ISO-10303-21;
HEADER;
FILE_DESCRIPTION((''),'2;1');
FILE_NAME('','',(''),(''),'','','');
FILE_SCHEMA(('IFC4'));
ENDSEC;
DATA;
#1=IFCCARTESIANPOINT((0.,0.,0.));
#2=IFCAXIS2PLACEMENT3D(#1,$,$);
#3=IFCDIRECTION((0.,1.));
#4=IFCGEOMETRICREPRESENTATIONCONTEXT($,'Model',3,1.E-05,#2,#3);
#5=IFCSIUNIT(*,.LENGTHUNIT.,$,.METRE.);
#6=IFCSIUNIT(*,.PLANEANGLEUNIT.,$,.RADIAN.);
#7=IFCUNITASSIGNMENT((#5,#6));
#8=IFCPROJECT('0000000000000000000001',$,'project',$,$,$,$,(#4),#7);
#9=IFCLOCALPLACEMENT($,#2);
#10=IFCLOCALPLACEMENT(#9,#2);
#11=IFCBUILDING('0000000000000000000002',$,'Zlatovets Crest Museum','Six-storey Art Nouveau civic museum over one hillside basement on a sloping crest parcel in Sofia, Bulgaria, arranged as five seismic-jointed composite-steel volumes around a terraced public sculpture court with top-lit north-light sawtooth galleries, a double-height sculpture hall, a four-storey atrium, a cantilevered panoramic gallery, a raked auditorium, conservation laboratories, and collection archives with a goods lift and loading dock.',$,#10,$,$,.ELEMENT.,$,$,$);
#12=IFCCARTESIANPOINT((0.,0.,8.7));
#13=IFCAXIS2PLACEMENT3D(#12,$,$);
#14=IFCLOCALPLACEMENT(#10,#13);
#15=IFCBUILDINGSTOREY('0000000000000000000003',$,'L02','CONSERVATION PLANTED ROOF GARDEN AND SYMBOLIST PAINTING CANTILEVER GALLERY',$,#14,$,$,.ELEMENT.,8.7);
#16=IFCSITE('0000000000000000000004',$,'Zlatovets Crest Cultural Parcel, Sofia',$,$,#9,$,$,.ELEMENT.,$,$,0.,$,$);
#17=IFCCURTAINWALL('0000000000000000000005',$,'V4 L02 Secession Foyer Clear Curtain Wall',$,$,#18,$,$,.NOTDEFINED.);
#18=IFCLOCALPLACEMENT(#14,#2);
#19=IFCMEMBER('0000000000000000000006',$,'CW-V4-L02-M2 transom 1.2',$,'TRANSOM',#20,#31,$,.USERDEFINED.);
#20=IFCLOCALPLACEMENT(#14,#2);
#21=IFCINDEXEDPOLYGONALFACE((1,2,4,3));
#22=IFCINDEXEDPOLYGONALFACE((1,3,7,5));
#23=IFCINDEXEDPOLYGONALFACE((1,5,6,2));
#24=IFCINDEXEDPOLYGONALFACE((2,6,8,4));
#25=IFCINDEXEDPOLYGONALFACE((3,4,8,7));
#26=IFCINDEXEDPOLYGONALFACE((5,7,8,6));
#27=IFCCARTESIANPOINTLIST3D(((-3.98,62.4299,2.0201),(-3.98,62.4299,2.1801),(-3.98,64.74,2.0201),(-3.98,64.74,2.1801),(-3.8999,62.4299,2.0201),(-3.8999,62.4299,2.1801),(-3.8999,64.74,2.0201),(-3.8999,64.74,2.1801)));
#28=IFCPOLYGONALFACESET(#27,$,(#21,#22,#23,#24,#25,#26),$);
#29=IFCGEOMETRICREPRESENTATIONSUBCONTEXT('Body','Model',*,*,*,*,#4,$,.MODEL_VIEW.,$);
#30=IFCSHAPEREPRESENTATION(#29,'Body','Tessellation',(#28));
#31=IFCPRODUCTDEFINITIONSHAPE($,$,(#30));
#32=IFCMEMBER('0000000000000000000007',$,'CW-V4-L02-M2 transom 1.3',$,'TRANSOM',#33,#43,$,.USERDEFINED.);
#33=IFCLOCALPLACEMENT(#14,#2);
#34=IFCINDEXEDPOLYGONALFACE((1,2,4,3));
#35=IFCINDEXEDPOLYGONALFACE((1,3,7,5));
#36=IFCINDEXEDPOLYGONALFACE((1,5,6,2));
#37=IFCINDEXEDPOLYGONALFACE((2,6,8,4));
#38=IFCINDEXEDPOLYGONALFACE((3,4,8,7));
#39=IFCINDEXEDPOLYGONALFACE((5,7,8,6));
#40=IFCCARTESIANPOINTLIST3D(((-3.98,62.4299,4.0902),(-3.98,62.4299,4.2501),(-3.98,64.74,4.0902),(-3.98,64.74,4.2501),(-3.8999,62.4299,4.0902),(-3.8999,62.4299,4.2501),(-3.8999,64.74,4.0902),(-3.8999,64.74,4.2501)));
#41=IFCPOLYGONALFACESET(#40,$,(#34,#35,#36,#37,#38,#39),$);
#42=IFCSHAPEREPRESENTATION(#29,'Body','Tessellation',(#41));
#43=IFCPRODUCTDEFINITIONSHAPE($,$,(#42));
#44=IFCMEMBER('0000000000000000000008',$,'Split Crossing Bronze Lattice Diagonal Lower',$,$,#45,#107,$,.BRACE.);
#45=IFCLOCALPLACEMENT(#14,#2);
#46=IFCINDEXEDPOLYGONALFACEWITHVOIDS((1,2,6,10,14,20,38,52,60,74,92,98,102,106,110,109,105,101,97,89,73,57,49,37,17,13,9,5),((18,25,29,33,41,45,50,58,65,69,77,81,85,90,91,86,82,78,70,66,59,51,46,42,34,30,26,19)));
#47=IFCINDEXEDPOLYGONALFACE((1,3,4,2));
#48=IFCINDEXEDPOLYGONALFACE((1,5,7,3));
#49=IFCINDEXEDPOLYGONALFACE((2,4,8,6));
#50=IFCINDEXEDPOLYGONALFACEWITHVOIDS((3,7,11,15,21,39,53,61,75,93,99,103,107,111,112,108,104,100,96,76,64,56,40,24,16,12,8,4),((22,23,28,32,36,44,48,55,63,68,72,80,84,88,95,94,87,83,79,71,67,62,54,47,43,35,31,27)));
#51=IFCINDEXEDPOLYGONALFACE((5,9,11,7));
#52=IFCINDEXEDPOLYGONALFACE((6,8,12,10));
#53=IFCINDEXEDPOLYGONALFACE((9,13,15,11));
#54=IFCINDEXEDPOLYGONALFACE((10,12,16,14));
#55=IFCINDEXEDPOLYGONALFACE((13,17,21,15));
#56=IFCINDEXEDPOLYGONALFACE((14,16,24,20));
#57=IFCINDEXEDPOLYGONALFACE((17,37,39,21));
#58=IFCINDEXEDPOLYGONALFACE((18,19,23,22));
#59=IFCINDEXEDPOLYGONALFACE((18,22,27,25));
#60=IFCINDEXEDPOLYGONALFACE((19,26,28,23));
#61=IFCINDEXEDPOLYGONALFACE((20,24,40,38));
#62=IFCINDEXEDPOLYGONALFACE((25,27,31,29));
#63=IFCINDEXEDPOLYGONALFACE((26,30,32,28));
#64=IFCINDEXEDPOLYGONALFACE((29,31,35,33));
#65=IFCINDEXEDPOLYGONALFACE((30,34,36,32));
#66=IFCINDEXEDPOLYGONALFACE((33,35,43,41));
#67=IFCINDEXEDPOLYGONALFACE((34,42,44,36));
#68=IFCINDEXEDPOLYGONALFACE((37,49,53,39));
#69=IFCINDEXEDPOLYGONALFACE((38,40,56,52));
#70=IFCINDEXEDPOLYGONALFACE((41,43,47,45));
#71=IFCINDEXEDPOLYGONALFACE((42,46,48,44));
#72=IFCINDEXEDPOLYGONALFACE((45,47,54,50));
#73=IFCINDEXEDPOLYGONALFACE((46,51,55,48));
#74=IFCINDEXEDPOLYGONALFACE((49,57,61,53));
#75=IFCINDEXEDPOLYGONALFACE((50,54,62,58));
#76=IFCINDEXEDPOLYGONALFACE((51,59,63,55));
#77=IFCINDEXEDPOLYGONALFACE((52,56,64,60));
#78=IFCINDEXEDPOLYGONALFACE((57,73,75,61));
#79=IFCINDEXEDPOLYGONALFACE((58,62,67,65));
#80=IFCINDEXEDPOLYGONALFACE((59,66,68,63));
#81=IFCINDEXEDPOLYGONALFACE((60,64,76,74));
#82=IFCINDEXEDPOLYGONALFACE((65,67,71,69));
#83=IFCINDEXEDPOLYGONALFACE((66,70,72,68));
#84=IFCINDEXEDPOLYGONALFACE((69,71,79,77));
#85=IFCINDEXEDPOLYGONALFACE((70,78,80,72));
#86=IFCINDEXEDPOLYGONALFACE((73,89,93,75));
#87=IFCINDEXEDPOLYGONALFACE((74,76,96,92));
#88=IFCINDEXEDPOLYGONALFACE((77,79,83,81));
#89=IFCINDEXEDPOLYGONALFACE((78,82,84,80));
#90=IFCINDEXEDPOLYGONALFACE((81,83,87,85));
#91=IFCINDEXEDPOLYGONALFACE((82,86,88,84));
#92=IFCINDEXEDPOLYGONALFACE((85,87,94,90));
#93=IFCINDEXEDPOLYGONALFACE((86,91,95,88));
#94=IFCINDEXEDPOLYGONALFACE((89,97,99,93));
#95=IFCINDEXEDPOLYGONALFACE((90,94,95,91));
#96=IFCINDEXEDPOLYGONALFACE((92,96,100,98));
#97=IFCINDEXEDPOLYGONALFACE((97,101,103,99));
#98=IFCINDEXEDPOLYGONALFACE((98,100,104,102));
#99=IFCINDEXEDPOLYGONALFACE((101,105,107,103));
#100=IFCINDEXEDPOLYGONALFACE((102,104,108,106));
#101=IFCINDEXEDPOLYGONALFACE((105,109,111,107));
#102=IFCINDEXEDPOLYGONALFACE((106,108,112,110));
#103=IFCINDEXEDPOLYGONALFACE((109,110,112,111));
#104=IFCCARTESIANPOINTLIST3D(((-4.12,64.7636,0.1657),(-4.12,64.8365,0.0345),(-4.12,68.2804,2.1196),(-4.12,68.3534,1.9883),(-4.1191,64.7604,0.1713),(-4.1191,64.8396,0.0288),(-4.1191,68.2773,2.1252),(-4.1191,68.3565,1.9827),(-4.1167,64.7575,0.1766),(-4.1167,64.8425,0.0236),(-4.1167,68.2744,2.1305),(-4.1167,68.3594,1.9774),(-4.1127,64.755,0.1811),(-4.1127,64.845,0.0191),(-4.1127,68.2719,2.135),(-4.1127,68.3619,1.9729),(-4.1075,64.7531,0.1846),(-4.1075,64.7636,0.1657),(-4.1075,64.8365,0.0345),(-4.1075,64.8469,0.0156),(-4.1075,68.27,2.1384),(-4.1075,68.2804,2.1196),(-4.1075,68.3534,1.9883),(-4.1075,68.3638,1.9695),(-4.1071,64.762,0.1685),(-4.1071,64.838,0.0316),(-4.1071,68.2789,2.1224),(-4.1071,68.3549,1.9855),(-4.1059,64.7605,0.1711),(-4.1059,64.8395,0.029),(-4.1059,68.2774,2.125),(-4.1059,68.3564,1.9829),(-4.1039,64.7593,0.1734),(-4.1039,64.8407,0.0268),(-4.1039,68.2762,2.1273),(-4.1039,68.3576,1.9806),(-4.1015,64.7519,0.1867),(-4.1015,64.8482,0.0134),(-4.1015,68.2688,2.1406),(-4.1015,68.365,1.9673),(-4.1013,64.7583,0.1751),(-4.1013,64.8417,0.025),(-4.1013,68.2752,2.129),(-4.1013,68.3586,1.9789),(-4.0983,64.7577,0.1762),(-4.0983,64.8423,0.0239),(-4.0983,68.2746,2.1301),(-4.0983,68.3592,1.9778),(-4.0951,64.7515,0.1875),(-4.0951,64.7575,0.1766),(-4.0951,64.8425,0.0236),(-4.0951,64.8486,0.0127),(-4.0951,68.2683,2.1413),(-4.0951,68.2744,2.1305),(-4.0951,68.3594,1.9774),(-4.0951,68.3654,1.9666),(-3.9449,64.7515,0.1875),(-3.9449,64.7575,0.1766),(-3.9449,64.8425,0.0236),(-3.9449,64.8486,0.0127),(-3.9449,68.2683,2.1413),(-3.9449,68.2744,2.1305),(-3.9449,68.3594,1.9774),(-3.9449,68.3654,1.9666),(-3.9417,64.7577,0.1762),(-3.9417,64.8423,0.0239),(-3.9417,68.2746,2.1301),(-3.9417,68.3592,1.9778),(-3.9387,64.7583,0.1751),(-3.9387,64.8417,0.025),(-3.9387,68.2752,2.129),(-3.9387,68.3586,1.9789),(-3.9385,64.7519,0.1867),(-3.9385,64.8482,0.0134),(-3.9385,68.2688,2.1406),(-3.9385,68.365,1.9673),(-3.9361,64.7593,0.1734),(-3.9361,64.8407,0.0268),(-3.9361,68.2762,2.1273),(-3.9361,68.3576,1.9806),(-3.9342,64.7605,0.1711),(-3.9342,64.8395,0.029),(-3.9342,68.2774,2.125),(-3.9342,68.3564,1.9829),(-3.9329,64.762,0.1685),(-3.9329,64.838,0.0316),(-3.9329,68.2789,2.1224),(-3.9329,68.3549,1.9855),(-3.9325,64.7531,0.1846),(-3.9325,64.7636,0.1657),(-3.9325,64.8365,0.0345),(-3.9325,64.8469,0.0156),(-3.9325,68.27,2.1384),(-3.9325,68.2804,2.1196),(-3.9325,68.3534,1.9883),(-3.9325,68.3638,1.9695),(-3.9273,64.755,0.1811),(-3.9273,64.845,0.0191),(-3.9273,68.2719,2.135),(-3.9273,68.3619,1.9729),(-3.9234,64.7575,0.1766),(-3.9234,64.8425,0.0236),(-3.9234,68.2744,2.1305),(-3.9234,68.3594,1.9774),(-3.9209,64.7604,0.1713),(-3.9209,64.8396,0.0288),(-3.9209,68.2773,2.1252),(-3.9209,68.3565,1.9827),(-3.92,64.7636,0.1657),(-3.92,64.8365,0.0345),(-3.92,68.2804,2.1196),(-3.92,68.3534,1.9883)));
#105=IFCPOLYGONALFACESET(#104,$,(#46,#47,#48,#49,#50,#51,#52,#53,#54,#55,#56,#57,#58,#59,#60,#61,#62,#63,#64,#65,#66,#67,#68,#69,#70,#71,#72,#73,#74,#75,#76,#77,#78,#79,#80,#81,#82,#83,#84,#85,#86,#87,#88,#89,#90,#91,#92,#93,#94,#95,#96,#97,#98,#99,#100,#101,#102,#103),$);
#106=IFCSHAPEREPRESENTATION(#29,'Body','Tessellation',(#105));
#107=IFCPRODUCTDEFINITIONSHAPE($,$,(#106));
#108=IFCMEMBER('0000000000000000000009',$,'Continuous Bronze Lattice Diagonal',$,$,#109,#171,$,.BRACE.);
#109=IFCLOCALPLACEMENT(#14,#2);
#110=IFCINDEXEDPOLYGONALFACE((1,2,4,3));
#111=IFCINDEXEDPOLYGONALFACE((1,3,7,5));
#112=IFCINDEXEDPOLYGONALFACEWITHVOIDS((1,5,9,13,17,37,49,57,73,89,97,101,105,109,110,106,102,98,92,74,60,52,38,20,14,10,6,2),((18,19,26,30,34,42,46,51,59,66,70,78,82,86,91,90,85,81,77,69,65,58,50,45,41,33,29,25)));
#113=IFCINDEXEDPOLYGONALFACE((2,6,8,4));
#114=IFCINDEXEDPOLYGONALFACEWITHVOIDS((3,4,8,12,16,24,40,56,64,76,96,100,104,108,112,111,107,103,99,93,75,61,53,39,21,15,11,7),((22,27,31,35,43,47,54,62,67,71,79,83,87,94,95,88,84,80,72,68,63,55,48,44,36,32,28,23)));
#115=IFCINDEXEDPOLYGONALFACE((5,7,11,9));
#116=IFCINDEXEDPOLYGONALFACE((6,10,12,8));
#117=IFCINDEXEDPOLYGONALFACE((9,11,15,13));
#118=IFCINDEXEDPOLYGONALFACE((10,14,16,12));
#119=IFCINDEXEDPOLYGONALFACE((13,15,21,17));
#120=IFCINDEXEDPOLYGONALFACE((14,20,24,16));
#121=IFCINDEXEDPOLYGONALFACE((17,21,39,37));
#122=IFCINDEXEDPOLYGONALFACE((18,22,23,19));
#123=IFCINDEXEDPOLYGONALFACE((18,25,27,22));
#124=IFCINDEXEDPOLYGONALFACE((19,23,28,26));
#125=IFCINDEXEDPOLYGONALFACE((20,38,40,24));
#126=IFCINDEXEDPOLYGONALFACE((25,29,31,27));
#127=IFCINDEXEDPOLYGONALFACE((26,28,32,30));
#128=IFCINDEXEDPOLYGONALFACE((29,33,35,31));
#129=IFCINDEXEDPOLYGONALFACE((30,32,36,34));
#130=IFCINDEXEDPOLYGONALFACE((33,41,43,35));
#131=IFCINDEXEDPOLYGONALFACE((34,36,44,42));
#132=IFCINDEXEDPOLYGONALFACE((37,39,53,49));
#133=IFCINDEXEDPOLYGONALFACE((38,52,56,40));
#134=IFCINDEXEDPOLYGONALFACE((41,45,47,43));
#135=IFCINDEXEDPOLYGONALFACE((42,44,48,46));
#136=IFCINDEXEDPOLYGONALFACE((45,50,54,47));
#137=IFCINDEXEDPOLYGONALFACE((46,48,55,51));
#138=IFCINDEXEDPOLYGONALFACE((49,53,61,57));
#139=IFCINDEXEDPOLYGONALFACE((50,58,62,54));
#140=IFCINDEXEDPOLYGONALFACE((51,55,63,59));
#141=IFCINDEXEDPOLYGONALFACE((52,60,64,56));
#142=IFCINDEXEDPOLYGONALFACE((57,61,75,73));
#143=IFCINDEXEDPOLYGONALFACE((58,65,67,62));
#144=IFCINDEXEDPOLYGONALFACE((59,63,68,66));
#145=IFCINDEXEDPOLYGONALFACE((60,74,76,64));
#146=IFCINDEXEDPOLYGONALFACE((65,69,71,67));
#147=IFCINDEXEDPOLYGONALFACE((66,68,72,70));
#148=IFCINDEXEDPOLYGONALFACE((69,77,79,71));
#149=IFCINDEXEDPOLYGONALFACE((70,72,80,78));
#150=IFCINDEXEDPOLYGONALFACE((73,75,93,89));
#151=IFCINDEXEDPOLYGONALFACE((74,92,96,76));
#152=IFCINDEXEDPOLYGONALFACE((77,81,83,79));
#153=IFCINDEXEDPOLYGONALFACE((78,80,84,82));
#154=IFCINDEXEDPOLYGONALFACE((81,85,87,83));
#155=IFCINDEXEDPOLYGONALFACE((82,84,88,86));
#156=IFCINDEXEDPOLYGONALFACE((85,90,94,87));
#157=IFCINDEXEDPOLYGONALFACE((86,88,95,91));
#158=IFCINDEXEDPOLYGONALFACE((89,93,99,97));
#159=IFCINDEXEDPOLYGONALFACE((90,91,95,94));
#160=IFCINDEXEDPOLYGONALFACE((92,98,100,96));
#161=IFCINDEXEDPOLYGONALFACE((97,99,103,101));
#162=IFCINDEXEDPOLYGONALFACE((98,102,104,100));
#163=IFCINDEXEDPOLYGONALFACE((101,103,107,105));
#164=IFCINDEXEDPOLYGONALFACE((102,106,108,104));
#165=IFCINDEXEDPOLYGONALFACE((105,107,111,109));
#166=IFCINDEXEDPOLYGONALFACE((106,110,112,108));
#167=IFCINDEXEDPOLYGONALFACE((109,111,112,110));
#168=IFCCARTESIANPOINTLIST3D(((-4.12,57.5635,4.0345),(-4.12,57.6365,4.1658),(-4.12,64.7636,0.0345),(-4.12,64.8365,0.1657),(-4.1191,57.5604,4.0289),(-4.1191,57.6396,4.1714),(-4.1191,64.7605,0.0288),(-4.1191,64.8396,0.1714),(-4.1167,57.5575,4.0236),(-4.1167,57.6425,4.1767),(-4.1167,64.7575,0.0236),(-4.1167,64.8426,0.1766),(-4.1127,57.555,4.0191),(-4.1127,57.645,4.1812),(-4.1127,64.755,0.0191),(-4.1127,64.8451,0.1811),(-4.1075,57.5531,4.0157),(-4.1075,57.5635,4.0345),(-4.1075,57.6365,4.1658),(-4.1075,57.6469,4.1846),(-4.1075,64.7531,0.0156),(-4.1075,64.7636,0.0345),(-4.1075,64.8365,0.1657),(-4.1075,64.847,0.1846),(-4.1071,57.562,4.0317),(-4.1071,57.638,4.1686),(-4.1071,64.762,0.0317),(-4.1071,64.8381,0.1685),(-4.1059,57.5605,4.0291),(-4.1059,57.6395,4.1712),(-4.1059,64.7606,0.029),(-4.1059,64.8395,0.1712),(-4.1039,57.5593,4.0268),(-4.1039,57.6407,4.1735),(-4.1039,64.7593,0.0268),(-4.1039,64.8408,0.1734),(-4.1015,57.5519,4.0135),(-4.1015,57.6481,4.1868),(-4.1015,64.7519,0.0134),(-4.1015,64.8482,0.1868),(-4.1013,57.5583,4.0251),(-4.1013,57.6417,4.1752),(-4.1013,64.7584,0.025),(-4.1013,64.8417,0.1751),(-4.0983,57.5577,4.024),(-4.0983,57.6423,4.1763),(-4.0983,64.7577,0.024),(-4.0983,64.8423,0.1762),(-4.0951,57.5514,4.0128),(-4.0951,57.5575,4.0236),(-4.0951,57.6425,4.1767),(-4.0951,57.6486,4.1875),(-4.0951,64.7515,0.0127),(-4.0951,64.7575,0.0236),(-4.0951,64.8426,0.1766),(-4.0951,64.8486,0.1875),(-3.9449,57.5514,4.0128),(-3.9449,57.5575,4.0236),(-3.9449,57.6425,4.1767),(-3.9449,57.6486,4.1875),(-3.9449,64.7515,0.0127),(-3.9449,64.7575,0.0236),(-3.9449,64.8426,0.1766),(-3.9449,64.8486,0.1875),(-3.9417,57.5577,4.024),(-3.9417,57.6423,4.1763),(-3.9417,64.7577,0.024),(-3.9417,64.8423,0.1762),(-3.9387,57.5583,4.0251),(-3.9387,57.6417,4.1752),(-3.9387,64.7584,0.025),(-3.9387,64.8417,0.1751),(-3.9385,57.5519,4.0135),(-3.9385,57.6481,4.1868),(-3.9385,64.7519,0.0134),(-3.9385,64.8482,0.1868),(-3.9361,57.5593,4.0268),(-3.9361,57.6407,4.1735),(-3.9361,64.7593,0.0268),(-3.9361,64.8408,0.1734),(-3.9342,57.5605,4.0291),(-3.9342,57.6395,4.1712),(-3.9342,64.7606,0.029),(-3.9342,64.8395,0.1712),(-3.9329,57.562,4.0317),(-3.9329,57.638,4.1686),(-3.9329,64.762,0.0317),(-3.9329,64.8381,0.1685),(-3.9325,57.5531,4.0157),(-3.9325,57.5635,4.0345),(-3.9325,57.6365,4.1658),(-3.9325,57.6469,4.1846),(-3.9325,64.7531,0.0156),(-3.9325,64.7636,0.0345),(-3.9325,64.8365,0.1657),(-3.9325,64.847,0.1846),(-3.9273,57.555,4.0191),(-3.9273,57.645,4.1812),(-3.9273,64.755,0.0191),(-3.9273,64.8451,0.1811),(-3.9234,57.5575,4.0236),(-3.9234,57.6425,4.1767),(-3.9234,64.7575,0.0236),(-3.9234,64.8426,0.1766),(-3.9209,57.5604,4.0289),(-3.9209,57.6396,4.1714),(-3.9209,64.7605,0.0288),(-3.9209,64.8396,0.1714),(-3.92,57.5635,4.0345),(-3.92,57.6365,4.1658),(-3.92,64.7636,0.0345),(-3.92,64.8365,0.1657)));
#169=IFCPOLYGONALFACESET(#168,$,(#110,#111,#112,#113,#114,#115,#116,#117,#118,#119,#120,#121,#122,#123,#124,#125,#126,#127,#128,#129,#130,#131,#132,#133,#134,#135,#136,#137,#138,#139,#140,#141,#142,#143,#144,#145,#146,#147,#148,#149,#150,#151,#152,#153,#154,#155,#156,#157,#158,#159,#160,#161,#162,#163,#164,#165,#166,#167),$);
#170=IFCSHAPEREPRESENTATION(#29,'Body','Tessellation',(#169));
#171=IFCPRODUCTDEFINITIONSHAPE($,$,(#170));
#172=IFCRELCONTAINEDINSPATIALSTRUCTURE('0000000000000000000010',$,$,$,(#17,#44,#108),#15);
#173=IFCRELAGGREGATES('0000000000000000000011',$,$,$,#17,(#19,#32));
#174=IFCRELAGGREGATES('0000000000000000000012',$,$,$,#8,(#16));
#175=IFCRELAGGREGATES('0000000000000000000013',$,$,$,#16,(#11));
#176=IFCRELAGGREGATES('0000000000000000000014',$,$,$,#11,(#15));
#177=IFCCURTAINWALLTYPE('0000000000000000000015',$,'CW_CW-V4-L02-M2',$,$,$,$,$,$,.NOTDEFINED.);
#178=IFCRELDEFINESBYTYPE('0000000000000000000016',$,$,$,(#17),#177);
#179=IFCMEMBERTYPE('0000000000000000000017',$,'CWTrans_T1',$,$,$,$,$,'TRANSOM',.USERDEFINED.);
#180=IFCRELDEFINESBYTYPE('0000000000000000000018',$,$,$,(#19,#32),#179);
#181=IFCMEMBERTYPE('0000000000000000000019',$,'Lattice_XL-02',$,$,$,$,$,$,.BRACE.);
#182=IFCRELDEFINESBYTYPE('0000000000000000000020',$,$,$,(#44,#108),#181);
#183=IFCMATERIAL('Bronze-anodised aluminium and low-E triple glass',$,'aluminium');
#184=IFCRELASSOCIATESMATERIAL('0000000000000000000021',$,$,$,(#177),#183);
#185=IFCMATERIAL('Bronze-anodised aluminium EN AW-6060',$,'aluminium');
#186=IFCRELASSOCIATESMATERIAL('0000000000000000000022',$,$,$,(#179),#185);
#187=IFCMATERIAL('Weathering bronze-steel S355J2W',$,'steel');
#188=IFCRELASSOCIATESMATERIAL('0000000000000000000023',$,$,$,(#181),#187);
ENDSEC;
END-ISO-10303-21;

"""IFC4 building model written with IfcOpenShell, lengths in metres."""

from ifc_helpers import new_model, si_unit, direction, frame, origin, origin_2d, place, context, subcontext, project, spatial, rectangle, hollow_rectangle, extrude, material, material_profile, profile_set, type_object, element, aggregate, save


model = new_model("IFC4")

# Units and contexts
model_context = context("Model", 3, precision=1e-05, world=origin(), true_north=direction((0.0, 1.0)))
body_context = subcontext(model_context, "Body", "Model", "MODEL_VIEW")
ifc_project = project(units=[si_unit("LENGTHUNIT", "METRE"), si_unit("PLANEANGLEUNIT", "RADIAN")], contexts=[model_context])

# Site, building, storey
site_placement = place(None, origin())
site = spatial("IfcSite", under=ifc_project, at=site_placement, Name="Zlatovets Crest Cultural Parcel, Sofia", CompositionType="ELEMENT", RefElevation=0.0)
building_placement = place(site_placement, origin())
building = spatial("IfcBuilding", under=site, at=building_placement, Name="Zlatovets Crest Museum", Description="Six-storey Art Nouveau civic museum over one hillside basement on a sloping crest parcel in Sofia, Bulgaria, arranged as five seismic-jointed composite-steel volumes around a terraced public sculpture court with top-lit north-light sawtooth galleries, a double-height sculpture hall, a four-storey atrium, a cantilevered panoramic gallery, a raked auditorium, conservation laboratories, and collection archives with a goods lift and loading dock.", CompositionType="ELEMENT")
storey_placement = place(building_placement, frame((0.0, 0.0, 8.7)))
storey = spatial("IfcBuildingStorey", under=building, at=storey_placement, Name="L02", Description="CONSERVATION PLANTED ROOF GARDEN AND SYMBOLIST PAINTING CANTILEVER GALLERY", CompositionType="ELEMENT", Elevation=8.7)

# Shared definitions
ifc_material_1 = material(Name="Bronze-anodised aluminium and low-E triple glass", Category="aluminium")
ifc_material_2 = material(Name="Bronze-anodised aluminium EN AW-6060", Category="aluminium")

# Curtain wall
curtain_wall_type_1 = type_object("IfcCurtainWallType", Name="CW_CW-V4-L02-M2", PredefinedType="NOTDEFINED", material=ifc_material_1)
curtain_wall_1_placement = place(storey_placement, origin())
curtain_wall_1 = element("IfcCurtainWall", 1, at=curtain_wall_1_placement, inside=storey, type_object=curtain_wall_type_1, Name="V4 L02 Secession Foyer Clear Curtain Wall", PredefinedType="NOTDEFINED")

# Members
ifc_material_profile_1 = material_profile(ifc_material_2, rectangle(XDim=0.0801, YDim=0.1599, at=origin_2d()), Name="ALU 80x160")
ifc_profile_set_1 = profile_set([ifc_material_profile_1], Name="Bronze-anodised aluminium EN AW-6060")
member_type_1 = type_object("IfcMemberType", Name="CWTrans_T1", ElementType="TRANSOM", PredefinedType="USERDEFINED", material=ifc_profile_set_1)
member_1_placement = place(storey_placement, frame((-3.9399, 64.74, 2.1001), z_axis=(0.0, -1.0, 0.0), x_axis=(1.0, 0.0, 0.0)))
member_1 = element("IfcMember", 2, at=member_1_placement, type_object=member_type_1, Name="CW-V4-L02-M2 transom 1.2", ObjectType="TRANSOM", PredefinedType="USERDEFINED", context=body_context, shape_type="SweptSolid", body=[
    extrude(rectangle(XDim=0.0801, YDim=0.1599, at=origin_2d()), origin(), (0.0, 0.0, 1.0), 2.3101),
])
member_2_placement = place(storey_placement, frame((-3.9399, 64.74, 4.1702), z_axis=(0.0, -1.0, 0.0), x_axis=(1.0, 0.0, 0.0)))
member_2 = element("IfcMember", 3, at=member_2_placement, type_object=member_type_1, Name="CW-V4-L02-M2 transom 1.3", ObjectType="TRANSOM", PredefinedType="USERDEFINED", context=body_context, shape_type="SweptSolid", body=[
    extrude(rectangle(XDim=0.0801, YDim=0.1599, at=origin_2d()), origin(), (0.0, 0.0, 1.0), 2.3101),
])

# Members
ifc_material_3 = material(Name="Weathering bronze-steel S355J2W", Category="steel")
ifc_material_profile_2 = material_profile(ifc_material_3, hollow_rectangle(XDim=0.2, YDim=0.2, WallThickness=0.0125, InnerFilletRadius=0.0125, OuterFilletRadius=0.0249, at=origin_2d()), Name="SHS 200x200x12.5")
ifc_profile_set_2 = profile_set([ifc_material_profile_2], Name="Weathering bronze-steel S355J2W")
member_type_2 = type_object("IfcMemberType", Name="Lattice_XL-02", PredefinedType="BRACE", material=ifc_profile_set_2)
member_3_placement = place(storey_placement, frame((-4.02, 68.3169, 2.054), z_axis=(0.0, -0.874152, -0.485653), x_axis=(1.0, 0.0, 0.0)))
element("IfcMember", 4, at=member_3_placement, inside=storey, type_object=member_type_2, Name="Split Crossing Bronze Lattice Diagonal Lower", PredefinedType="BRACE", context=body_context, shape_type="SweptSolid", body=[
    extrude(hollow_rectangle(XDim=0.2, YDim=0.2, WallThickness=0.0125, InnerFilletRadius=0.0125, OuterFilletRadius=0.0249, at=origin_2d()), origin(), (0.0, 0.0, 1.0), 4.0232),
])
member_4_placement = place(storey_placement, frame((-4.02, 64.8, 0.1001), z_axis=(0.0, -0.874156, 0.485645), x_axis=(1.0, 0.0, 0.0)))
element("IfcMember", 5, at=member_4_placement, inside=storey, type_object=member_type_2, Name="Continuous Bronze Lattice Diagonal", PredefinedType="BRACE", context=body_context, shape_type="SweptSolid", body=[
    extrude(hollow_rectangle(XDim=0.2, YDim=0.2, WallThickness=0.0125, InnerFilletRadius=0.0125, OuterFilletRadius=0.0249, at=origin_2d()), origin(), (0.0, 0.0, 1.0), 8.2366),
])

aggregate(curtain_wall_1, [member_1, member_2])

save(model, "model.ifc")
